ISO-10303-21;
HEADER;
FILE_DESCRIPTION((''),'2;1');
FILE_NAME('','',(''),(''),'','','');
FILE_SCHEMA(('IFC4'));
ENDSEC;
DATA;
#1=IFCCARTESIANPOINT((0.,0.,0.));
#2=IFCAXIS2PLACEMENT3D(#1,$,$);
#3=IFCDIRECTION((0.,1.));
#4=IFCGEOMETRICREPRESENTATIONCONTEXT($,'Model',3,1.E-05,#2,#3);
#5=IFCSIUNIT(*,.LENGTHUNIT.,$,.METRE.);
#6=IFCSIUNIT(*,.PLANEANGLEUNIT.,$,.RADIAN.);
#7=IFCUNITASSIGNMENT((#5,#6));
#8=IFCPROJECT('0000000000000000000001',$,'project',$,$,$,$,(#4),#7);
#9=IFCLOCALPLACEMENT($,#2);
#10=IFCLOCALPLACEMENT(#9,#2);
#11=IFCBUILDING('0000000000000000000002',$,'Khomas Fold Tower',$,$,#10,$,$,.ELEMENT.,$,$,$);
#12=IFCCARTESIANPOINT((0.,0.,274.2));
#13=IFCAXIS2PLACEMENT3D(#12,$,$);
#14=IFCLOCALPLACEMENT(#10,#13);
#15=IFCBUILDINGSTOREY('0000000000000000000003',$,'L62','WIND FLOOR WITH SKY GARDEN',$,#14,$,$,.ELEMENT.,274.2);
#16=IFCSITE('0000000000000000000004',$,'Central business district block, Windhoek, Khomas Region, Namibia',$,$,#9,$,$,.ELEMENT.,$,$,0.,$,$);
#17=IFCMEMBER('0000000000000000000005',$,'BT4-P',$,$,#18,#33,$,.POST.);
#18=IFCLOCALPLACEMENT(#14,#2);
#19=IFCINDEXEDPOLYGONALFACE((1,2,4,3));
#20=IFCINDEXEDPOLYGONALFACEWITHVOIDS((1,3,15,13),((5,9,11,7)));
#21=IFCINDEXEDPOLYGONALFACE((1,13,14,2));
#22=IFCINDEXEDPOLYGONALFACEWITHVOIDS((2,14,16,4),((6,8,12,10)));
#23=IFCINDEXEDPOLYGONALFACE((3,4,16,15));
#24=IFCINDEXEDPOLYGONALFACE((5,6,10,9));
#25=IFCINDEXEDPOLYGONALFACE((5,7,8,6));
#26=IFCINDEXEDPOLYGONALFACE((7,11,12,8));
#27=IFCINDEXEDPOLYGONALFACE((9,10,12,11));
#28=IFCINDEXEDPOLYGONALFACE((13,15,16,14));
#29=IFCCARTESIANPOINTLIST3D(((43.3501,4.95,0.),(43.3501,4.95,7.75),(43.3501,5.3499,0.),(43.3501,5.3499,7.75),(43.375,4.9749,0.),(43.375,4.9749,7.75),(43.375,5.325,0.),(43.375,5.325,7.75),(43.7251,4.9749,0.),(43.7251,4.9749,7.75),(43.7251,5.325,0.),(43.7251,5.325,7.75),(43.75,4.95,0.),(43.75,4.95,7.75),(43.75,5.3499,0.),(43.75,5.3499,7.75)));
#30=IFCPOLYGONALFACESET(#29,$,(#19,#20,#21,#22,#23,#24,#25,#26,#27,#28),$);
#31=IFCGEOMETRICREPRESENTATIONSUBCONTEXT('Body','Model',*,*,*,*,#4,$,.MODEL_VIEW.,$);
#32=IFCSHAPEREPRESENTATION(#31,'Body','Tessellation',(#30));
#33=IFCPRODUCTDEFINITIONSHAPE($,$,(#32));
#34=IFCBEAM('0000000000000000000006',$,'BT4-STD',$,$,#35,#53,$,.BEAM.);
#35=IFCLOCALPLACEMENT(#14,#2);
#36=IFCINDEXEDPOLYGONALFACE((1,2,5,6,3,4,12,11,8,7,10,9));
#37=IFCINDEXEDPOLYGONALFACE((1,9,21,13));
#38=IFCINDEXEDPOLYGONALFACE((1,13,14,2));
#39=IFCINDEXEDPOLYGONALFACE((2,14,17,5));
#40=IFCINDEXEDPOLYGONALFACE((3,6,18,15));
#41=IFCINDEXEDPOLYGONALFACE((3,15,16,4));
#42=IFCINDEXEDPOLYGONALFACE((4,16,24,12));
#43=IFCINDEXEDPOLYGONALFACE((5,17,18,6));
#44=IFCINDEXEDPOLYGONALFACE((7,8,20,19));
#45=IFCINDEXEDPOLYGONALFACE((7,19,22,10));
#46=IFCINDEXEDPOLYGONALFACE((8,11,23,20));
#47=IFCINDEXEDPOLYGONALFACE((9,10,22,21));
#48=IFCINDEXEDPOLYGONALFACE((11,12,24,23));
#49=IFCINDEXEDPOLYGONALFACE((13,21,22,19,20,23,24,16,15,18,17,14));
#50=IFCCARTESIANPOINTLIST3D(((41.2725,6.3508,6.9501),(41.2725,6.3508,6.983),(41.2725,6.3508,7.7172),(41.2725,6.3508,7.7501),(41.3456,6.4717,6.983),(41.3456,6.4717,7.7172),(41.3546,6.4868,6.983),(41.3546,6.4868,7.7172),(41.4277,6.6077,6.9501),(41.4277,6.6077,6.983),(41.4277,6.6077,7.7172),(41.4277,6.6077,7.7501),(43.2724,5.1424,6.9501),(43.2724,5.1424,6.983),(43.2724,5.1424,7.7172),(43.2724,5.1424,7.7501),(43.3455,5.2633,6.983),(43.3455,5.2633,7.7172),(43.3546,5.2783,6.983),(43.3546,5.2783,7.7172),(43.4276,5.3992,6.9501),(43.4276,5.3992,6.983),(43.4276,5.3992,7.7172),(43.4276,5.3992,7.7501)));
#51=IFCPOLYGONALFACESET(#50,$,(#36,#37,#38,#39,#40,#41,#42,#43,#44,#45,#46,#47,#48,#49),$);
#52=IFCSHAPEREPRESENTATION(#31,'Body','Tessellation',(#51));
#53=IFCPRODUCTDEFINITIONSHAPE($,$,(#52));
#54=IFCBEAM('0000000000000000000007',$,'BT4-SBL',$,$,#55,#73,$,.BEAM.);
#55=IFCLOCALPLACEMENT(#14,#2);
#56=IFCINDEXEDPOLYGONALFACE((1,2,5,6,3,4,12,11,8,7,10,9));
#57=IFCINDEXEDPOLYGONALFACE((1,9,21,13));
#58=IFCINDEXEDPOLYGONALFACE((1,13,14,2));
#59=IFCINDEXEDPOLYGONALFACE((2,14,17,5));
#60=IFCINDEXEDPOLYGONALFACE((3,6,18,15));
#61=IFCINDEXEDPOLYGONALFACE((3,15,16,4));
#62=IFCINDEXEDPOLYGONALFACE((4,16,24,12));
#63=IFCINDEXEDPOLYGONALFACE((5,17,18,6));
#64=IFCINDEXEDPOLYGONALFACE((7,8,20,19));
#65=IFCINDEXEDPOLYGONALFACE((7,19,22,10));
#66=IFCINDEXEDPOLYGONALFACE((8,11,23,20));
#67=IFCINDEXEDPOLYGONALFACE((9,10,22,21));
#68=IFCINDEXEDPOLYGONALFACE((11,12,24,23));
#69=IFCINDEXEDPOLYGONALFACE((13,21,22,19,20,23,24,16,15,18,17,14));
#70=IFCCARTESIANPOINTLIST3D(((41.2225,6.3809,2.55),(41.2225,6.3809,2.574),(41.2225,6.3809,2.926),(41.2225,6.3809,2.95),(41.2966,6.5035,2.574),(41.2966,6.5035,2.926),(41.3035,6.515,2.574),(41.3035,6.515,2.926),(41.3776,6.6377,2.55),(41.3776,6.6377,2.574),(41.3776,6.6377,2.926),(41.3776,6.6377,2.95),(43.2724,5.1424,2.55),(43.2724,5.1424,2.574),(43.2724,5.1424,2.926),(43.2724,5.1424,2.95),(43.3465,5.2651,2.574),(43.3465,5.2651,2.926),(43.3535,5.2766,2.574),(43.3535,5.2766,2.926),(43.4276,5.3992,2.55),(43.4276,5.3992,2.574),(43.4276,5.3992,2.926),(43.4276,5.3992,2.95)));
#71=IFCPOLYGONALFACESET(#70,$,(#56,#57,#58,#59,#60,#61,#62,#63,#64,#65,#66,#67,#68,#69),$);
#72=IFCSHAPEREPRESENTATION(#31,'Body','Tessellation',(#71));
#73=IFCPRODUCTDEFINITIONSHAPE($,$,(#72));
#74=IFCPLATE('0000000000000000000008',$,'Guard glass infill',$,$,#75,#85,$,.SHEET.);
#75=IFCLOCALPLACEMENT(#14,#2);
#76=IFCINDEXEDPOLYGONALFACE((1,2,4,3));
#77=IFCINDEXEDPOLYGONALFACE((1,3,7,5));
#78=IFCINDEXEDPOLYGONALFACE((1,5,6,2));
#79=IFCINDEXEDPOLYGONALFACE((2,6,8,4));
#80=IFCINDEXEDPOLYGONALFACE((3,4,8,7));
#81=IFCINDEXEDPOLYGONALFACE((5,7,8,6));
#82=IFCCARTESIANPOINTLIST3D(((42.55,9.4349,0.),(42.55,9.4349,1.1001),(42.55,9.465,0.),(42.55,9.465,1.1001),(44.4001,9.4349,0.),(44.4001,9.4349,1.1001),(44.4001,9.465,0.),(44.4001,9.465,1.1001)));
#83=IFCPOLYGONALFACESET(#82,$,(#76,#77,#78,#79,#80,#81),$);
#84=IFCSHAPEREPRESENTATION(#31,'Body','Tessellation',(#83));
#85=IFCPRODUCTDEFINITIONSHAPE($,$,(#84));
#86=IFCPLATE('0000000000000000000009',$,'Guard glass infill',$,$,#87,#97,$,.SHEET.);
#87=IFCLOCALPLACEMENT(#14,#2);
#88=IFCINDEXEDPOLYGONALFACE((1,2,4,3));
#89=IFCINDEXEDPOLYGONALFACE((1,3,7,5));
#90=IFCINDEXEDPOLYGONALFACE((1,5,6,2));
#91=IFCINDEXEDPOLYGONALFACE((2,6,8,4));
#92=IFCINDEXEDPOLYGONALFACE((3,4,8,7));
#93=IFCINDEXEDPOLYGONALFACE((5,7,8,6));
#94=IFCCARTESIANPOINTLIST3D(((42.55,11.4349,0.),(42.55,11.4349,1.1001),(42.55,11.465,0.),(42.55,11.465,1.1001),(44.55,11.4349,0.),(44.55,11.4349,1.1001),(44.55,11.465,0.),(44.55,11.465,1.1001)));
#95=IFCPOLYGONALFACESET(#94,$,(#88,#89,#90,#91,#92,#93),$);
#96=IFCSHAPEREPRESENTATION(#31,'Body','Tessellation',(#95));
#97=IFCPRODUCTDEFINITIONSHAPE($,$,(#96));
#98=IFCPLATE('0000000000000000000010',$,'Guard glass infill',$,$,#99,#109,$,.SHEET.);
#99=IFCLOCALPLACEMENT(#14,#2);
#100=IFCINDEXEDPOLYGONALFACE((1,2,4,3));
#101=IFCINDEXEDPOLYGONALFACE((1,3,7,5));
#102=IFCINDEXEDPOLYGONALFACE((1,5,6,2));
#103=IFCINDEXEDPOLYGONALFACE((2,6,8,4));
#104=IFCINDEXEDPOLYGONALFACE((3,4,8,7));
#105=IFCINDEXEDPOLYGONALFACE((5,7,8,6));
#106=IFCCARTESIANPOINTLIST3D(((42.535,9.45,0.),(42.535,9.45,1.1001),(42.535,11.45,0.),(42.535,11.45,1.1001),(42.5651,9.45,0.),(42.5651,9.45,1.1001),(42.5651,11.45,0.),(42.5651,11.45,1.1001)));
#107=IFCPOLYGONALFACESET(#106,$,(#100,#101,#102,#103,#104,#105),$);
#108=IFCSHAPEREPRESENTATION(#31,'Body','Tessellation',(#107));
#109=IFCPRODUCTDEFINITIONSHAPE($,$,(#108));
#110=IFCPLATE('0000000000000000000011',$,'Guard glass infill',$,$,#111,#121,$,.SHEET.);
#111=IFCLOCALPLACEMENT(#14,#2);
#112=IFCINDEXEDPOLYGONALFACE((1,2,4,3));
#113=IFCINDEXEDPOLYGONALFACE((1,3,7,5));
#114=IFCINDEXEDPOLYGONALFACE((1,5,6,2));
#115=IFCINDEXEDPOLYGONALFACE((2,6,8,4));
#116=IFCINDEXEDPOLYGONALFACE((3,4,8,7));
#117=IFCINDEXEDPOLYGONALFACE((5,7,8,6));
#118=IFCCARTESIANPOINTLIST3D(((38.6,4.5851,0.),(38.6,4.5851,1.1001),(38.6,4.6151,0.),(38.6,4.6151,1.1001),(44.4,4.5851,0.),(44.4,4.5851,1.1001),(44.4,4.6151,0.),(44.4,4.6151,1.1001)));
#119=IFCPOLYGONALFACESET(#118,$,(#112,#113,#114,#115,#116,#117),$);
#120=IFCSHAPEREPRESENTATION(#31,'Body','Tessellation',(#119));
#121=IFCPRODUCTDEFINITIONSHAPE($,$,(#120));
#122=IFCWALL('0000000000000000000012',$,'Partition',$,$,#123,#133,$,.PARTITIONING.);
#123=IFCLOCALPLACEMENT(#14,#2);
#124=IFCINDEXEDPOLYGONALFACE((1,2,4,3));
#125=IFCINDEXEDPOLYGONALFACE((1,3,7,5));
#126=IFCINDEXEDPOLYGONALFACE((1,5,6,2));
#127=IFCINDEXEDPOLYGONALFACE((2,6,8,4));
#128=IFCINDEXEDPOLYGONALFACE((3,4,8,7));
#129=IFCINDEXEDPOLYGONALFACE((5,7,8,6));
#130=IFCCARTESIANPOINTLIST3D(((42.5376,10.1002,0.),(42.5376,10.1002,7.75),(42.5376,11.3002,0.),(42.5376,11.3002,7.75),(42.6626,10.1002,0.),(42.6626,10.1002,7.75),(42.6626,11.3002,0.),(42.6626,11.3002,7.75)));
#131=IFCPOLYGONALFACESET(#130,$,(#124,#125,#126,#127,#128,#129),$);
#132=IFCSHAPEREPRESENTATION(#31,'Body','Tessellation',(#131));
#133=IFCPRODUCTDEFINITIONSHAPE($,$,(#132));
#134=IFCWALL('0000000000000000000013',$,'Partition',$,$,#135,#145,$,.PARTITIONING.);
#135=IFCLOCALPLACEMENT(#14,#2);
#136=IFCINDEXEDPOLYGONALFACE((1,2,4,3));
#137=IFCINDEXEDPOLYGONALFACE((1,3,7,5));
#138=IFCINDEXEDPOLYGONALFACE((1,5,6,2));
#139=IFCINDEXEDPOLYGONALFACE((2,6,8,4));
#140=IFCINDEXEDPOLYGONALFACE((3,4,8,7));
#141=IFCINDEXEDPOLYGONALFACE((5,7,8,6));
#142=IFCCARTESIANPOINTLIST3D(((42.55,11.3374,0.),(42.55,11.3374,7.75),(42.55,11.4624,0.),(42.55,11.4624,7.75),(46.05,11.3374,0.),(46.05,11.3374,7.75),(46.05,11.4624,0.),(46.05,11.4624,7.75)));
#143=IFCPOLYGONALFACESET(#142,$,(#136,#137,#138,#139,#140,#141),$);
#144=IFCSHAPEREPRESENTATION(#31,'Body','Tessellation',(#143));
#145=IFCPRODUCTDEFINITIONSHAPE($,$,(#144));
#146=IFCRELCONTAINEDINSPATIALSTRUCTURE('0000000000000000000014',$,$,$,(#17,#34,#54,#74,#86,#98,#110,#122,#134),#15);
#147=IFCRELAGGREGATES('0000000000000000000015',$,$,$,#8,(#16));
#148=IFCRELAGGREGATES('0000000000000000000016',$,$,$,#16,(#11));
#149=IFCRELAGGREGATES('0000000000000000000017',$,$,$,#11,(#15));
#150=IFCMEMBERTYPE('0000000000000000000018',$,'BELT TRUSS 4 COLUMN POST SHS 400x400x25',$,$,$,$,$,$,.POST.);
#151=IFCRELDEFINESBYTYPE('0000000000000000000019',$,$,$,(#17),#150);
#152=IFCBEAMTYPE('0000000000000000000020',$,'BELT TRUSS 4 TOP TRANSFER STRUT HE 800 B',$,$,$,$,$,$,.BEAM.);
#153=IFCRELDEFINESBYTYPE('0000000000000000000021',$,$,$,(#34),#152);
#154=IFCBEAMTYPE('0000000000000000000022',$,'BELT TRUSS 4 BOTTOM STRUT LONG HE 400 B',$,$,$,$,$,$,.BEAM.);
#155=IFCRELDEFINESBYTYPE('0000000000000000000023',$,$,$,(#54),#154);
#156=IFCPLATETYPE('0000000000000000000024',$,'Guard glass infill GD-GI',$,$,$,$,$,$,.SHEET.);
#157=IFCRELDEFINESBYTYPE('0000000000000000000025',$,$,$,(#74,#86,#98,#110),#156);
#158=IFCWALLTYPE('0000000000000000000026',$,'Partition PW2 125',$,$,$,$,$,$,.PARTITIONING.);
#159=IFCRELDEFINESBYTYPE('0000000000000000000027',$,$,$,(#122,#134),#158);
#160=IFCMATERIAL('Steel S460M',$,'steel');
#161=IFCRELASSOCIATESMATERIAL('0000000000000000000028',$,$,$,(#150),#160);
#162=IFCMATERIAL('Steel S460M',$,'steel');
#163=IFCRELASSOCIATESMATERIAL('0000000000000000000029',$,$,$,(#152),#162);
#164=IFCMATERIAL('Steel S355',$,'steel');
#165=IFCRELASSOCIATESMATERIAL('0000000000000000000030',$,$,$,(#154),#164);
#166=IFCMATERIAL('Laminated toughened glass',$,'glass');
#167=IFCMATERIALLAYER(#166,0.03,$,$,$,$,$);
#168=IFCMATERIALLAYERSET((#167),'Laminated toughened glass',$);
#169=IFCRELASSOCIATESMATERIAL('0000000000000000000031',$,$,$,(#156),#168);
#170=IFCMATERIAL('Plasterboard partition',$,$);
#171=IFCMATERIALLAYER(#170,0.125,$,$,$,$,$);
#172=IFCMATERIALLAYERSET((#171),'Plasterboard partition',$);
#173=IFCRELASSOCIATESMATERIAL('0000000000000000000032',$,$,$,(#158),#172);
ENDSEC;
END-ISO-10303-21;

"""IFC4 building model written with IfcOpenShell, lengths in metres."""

from ifc_helpers import new_model, si_unit, direction, frame, frame_2d, origin, origin_2d, place, context, subcontext, project, spatial, rectangle, hollow_rectangle, i_section, extrude, source, transform, mapped, material, layer, layer_set, material_profile, profile_set, type_object, element, save


model = new_model("IFC4")

# Units and contexts
model_context = context("Model", 3, precision=1e-05, world=origin(), true_north=direction((0.0, 1.0)))
body_context = subcontext(model_context, "Body", "Model", "MODEL_VIEW")
ifc_project = project(units=[si_unit("LENGTHUNIT", "METRE"), si_unit("PLANEANGLEUNIT", "RADIAN")], contexts=[model_context])

# Site, building, storey
site_placement = place(None, origin())
site = spatial("IfcSite", under=ifc_project, at=site_placement, Name="Central business district block, Windhoek, Khomas Region, Namibia", CompositionType="ELEMENT", RefElevation=0.0)
building_placement = place(site_placement, origin())
building = spatial("IfcBuilding", under=site, at=building_placement, Name="Khomas Fold Tower", CompositionType="ELEMENT")
storey_placement = place(building_placement, frame((0.0, 0.0, 274.2)))
storey = spatial("IfcBuildingStorey", under=building, at=storey_placement, Name="L62", Description="WIND FLOOR WITH SKY GARDEN", CompositionType="ELEMENT", Elevation=274.2)

# Member
ifc_material_1 = material(Name="Steel S460M", Category="steel")
ifc_material_profile_1 = material_profile(ifc_material_1, hollow_rectangle(XDim=0.3999, YDim=0.3999, WallThickness=0.0249, at=origin_2d()), Name="SHS 400x400x25")
ifc_profile_set_1 = profile_set([ifc_material_profile_1], Name="Steel S460M")
member_type_1 = type_object("IfcMemberType", Name="BELT TRUSS 4 COLUMN POST SHS 400x400x25", PredefinedType="POST", material=ifc_profile_set_1)
shared_shape_1 = source(origin(), body_context, "Body", "SweptSolid", [
    extrude(hollow_rectangle(XDim=0.3999, YDim=0.3999, WallThickness=0.0249, at=origin_2d()), origin(), (0.0, 0.0, 1.0), 7.75),
])
member_1_placement = place(storey_placement, frame((43.55, 5.1499, 0.0), z_axis=(0.0, 0.0, 1.0), x_axis=(1.0, 0.0, 0.0)))
element("IfcMember", 1, at=member_1_placement, inside=storey, type_object=member_type_1, Name="BT4-P", PredefinedType="POST", context=body_context, shape_type="MappedRepresentation", body=[
    mapped(shared_shape_1, transform((0.0, 0.0, 0.0))),
])

# Beams
ifc_material_2 = material(Name="Steel S460M", Category="steel")
ifc_material_profile_2 = material_profile(ifc_material_2, i_section(OverallWidth=0.3, OverallDepth=0.8, WebThickness=0.0176, FlangeThickness=0.033, at=origin_2d()), Name="HE 800 B")
ifc_profile_set_2 = profile_set([ifc_material_profile_2], Name="Steel S460M")
beam_type_1 = type_object("IfcBeamType", Name="BELT TRUSS 4 TOP TRANSFER STRUT HE 800 B", PredefinedType="BEAM", material=ifc_profile_set_2)
shared_shape_2 = source(origin(), body_context, "Body", "SweptSolid", [
    extrude(i_section(OverallWidth=0.3, OverallDepth=0.8, WebThickness=0.0176, FlangeThickness=0.033, at=origin_2d()), origin(), (0.0, 0.0, 1.0), 2.3367),
])
beam_1_placement = place(storey_placement, frame((41.3501, 6.4792, 7.3501), z_axis=(0.855885, -0.517167, 0.0), x_axis=(0.517167, 0.855885, 0.0)))
element("IfcBeam", 2, at=beam_1_placement, inside=storey, type_object=beam_type_1, Name="BT4-STD", PredefinedType="BEAM", context=body_context, shape_type="MappedRepresentation", body=[
    mapped(shared_shape_2, transform((0.0, 0.0, 0.0))),
])
ifc_material_3 = material(Name="Steel S355", Category="steel")
ifc_material_profile_3 = material_profile(ifc_material_3, i_section(OverallWidth=0.3, OverallDepth=0.3999, WebThickness=0.0134, FlangeThickness=0.0239, at=origin_2d()), Name="HE 400 B")
ifc_profile_set_3 = profile_set([ifc_material_profile_3], Name="Steel S355")
beam_type_2 = type_object("IfcBeamType", Name="BELT TRUSS 4 BOTTOM STRUT LONG HE 400 B", PredefinedType="BEAM", material=ifc_profile_set_3)
shared_shape_3 = source(origin(), body_context, "Body", "SweptSolid", [
    extrude(i_section(OverallWidth=0.3, OverallDepth=0.3999, WebThickness=0.0134, FlangeThickness=0.0239, at=origin_2d()), origin(), (0.0, 0.0, 1.0), 2.395),
])
beam_2_placement = place(storey_placement, frame((41.3, 6.5093, 2.75), z_axis=(0.855924, -0.517102, 0.0), x_axis=(0.517102, 0.855924, 0.0)))
element("IfcBeam", 3, at=beam_2_placement, inside=storey, type_object=beam_type_2, Name="BT4-SBL", PredefinedType="BEAM", context=body_context, shape_type="MappedRepresentation", body=[
    mapped(shared_shape_3, transform((0.0, 0.0, 0.0))),
])

# Plates
ifc_material_4 = material(Name="Laminated toughened glass", Category="glass")
ifc_layer_1 = layer(ifc_material_4, 0.03)
ifc_layer_set_1 = layer_set([ifc_layer_1], Name="Laminated toughened glass")
plate_type = type_object("IfcPlateType", Name="Guard glass infill GD-GI", PredefinedType="SHEET", material=ifc_layer_set_1)
shared_shape_4 = source(origin(), body_context, "Body", "SweptSolid", [
    extrude(rectangle(XDim=1.8501, YDim=0.03, at=origin_2d()), origin(), (0.0, 0.0, 1.0), 1.1001),
])
plate_1_placement = place(storey_placement, frame((43.4751, 9.45, 0.0), z_axis=(0.0, 0.0, 1.0), x_axis=(1.0, 0.0, 0.0)))
element("IfcPlate", 4, at=plate_1_placement, inside=storey, type_object=plate_type, Name="Guard glass infill", PredefinedType="SHEET", context=body_context, shape_type="MappedRepresentation", body=[
    mapped(shared_shape_4, transform((0.0, 0.0, 0.0))),
])
shared_shape_5 = source(origin(), body_context, "Body", "SweptSolid", [
    extrude(rectangle(XDim=2.0, YDim=0.03, at=origin_2d()), origin(), (0.0, 0.0, 1.0), 1.1001),
])
for number, where, z_axis, x_axis, name in (
    (5, (43.55, 11.45, 0.0), (0.0, 0.0, 1.0), (-1.0, 0.0, 0.0), "Guard glass infill"),
    (6, (42.55, 10.45, 0.0), (0.0, 0.0, 1.0), (0.0, -1.0, 0.0), "Guard glass infill"),
):
    element("IfcPlate", number, at=place(storey_placement, frame(where, z_axis=z_axis, x_axis=x_axis)), inside=storey, type_object=plate_type, Name=name, PredefinedType="SHEET", context=body_context, shape_type="MappedRepresentation", body=[
        mapped(shared_shape_5, transform((0.0, 0.0, 0.0))),
    ])
shared_shape_6 = source(origin(), body_context, "Body", "SweptSolid", [
    extrude(rectangle(XDim=5.8, YDim=0.03, at=origin_2d()), origin(), (0.0, 0.0, 1.0), 1.1001),
])
plate_2_placement = place(storey_placement, frame((41.5, 4.6001, 0.0), z_axis=(0.0, 0.0, 1.0), x_axis=(-1.0, 0.0, 0.0)))
element("IfcPlate", 7, at=plate_2_placement, inside=storey, type_object=plate_type, Name="Guard glass infill", PredefinedType="SHEET", context=body_context, shape_type="MappedRepresentation", body=[
    mapped(shared_shape_6, transform((0.0, 0.0, 0.0))),
])

# Walls
ifc_material_5 = material(Name="Plasterboard partition")
ifc_layer_2 = layer(ifc_material_5, 0.125)
ifc_layer_set_2 = layer_set([ifc_layer_2], Name="Plasterboard partition")
wall_type = type_object("IfcWallType", Name="Partition PW2 125", PredefinedType="PARTITIONING", material=ifc_layer_set_2)
shared_shape_7 = source(origin(), body_context, "Body", "SweptSolid", [
    extrude(rectangle(XDim=1.2, YDim=0.125, at=frame_2d((0.6001, 0.0))), origin(), (0.0, 0.0, 1.0), 7.75),
])
wall_1_placement = place(storey_placement, frame((42.6001, 10.1001, 0.0), z_axis=(0.0, 0.0, 1.0), x_axis=(0.0, 1.0, 0.0)))
element("IfcWall", 8, at=wall_1_placement, inside=storey, type_object=wall_type, Name="Partition", PredefinedType="PARTITIONING", context=body_context, shape_type="MappedRepresentation", body=[
    mapped(shared_shape_7, transform((0.0, 0.0, 0.0))),
])
shared_shape_8 = source(origin(), body_context, "Body", "SweptSolid", [
    extrude(rectangle(XDim=3.5, YDim=0.125, at=frame_2d((1.75, 0.0))), origin(), (0.0, 0.0, 1.0), 7.75),
])
wall_2_placement = place(storey_placement, frame((42.55, 11.3999, 0.0), z_axis=(0.0, 0.0, 1.0), x_axis=(1.0, 0.0, 0.0)))
element("IfcWall", 9, at=wall_2_placement, inside=storey, type_object=wall_type, Name="Partition", PredefinedType="PARTITIONING", context=body_context, shape_type="MappedRepresentation", body=[
    mapped(shared_shape_8, transform((0.0, 0.0, 0.0))),
])

save(model, "model.ifc")
